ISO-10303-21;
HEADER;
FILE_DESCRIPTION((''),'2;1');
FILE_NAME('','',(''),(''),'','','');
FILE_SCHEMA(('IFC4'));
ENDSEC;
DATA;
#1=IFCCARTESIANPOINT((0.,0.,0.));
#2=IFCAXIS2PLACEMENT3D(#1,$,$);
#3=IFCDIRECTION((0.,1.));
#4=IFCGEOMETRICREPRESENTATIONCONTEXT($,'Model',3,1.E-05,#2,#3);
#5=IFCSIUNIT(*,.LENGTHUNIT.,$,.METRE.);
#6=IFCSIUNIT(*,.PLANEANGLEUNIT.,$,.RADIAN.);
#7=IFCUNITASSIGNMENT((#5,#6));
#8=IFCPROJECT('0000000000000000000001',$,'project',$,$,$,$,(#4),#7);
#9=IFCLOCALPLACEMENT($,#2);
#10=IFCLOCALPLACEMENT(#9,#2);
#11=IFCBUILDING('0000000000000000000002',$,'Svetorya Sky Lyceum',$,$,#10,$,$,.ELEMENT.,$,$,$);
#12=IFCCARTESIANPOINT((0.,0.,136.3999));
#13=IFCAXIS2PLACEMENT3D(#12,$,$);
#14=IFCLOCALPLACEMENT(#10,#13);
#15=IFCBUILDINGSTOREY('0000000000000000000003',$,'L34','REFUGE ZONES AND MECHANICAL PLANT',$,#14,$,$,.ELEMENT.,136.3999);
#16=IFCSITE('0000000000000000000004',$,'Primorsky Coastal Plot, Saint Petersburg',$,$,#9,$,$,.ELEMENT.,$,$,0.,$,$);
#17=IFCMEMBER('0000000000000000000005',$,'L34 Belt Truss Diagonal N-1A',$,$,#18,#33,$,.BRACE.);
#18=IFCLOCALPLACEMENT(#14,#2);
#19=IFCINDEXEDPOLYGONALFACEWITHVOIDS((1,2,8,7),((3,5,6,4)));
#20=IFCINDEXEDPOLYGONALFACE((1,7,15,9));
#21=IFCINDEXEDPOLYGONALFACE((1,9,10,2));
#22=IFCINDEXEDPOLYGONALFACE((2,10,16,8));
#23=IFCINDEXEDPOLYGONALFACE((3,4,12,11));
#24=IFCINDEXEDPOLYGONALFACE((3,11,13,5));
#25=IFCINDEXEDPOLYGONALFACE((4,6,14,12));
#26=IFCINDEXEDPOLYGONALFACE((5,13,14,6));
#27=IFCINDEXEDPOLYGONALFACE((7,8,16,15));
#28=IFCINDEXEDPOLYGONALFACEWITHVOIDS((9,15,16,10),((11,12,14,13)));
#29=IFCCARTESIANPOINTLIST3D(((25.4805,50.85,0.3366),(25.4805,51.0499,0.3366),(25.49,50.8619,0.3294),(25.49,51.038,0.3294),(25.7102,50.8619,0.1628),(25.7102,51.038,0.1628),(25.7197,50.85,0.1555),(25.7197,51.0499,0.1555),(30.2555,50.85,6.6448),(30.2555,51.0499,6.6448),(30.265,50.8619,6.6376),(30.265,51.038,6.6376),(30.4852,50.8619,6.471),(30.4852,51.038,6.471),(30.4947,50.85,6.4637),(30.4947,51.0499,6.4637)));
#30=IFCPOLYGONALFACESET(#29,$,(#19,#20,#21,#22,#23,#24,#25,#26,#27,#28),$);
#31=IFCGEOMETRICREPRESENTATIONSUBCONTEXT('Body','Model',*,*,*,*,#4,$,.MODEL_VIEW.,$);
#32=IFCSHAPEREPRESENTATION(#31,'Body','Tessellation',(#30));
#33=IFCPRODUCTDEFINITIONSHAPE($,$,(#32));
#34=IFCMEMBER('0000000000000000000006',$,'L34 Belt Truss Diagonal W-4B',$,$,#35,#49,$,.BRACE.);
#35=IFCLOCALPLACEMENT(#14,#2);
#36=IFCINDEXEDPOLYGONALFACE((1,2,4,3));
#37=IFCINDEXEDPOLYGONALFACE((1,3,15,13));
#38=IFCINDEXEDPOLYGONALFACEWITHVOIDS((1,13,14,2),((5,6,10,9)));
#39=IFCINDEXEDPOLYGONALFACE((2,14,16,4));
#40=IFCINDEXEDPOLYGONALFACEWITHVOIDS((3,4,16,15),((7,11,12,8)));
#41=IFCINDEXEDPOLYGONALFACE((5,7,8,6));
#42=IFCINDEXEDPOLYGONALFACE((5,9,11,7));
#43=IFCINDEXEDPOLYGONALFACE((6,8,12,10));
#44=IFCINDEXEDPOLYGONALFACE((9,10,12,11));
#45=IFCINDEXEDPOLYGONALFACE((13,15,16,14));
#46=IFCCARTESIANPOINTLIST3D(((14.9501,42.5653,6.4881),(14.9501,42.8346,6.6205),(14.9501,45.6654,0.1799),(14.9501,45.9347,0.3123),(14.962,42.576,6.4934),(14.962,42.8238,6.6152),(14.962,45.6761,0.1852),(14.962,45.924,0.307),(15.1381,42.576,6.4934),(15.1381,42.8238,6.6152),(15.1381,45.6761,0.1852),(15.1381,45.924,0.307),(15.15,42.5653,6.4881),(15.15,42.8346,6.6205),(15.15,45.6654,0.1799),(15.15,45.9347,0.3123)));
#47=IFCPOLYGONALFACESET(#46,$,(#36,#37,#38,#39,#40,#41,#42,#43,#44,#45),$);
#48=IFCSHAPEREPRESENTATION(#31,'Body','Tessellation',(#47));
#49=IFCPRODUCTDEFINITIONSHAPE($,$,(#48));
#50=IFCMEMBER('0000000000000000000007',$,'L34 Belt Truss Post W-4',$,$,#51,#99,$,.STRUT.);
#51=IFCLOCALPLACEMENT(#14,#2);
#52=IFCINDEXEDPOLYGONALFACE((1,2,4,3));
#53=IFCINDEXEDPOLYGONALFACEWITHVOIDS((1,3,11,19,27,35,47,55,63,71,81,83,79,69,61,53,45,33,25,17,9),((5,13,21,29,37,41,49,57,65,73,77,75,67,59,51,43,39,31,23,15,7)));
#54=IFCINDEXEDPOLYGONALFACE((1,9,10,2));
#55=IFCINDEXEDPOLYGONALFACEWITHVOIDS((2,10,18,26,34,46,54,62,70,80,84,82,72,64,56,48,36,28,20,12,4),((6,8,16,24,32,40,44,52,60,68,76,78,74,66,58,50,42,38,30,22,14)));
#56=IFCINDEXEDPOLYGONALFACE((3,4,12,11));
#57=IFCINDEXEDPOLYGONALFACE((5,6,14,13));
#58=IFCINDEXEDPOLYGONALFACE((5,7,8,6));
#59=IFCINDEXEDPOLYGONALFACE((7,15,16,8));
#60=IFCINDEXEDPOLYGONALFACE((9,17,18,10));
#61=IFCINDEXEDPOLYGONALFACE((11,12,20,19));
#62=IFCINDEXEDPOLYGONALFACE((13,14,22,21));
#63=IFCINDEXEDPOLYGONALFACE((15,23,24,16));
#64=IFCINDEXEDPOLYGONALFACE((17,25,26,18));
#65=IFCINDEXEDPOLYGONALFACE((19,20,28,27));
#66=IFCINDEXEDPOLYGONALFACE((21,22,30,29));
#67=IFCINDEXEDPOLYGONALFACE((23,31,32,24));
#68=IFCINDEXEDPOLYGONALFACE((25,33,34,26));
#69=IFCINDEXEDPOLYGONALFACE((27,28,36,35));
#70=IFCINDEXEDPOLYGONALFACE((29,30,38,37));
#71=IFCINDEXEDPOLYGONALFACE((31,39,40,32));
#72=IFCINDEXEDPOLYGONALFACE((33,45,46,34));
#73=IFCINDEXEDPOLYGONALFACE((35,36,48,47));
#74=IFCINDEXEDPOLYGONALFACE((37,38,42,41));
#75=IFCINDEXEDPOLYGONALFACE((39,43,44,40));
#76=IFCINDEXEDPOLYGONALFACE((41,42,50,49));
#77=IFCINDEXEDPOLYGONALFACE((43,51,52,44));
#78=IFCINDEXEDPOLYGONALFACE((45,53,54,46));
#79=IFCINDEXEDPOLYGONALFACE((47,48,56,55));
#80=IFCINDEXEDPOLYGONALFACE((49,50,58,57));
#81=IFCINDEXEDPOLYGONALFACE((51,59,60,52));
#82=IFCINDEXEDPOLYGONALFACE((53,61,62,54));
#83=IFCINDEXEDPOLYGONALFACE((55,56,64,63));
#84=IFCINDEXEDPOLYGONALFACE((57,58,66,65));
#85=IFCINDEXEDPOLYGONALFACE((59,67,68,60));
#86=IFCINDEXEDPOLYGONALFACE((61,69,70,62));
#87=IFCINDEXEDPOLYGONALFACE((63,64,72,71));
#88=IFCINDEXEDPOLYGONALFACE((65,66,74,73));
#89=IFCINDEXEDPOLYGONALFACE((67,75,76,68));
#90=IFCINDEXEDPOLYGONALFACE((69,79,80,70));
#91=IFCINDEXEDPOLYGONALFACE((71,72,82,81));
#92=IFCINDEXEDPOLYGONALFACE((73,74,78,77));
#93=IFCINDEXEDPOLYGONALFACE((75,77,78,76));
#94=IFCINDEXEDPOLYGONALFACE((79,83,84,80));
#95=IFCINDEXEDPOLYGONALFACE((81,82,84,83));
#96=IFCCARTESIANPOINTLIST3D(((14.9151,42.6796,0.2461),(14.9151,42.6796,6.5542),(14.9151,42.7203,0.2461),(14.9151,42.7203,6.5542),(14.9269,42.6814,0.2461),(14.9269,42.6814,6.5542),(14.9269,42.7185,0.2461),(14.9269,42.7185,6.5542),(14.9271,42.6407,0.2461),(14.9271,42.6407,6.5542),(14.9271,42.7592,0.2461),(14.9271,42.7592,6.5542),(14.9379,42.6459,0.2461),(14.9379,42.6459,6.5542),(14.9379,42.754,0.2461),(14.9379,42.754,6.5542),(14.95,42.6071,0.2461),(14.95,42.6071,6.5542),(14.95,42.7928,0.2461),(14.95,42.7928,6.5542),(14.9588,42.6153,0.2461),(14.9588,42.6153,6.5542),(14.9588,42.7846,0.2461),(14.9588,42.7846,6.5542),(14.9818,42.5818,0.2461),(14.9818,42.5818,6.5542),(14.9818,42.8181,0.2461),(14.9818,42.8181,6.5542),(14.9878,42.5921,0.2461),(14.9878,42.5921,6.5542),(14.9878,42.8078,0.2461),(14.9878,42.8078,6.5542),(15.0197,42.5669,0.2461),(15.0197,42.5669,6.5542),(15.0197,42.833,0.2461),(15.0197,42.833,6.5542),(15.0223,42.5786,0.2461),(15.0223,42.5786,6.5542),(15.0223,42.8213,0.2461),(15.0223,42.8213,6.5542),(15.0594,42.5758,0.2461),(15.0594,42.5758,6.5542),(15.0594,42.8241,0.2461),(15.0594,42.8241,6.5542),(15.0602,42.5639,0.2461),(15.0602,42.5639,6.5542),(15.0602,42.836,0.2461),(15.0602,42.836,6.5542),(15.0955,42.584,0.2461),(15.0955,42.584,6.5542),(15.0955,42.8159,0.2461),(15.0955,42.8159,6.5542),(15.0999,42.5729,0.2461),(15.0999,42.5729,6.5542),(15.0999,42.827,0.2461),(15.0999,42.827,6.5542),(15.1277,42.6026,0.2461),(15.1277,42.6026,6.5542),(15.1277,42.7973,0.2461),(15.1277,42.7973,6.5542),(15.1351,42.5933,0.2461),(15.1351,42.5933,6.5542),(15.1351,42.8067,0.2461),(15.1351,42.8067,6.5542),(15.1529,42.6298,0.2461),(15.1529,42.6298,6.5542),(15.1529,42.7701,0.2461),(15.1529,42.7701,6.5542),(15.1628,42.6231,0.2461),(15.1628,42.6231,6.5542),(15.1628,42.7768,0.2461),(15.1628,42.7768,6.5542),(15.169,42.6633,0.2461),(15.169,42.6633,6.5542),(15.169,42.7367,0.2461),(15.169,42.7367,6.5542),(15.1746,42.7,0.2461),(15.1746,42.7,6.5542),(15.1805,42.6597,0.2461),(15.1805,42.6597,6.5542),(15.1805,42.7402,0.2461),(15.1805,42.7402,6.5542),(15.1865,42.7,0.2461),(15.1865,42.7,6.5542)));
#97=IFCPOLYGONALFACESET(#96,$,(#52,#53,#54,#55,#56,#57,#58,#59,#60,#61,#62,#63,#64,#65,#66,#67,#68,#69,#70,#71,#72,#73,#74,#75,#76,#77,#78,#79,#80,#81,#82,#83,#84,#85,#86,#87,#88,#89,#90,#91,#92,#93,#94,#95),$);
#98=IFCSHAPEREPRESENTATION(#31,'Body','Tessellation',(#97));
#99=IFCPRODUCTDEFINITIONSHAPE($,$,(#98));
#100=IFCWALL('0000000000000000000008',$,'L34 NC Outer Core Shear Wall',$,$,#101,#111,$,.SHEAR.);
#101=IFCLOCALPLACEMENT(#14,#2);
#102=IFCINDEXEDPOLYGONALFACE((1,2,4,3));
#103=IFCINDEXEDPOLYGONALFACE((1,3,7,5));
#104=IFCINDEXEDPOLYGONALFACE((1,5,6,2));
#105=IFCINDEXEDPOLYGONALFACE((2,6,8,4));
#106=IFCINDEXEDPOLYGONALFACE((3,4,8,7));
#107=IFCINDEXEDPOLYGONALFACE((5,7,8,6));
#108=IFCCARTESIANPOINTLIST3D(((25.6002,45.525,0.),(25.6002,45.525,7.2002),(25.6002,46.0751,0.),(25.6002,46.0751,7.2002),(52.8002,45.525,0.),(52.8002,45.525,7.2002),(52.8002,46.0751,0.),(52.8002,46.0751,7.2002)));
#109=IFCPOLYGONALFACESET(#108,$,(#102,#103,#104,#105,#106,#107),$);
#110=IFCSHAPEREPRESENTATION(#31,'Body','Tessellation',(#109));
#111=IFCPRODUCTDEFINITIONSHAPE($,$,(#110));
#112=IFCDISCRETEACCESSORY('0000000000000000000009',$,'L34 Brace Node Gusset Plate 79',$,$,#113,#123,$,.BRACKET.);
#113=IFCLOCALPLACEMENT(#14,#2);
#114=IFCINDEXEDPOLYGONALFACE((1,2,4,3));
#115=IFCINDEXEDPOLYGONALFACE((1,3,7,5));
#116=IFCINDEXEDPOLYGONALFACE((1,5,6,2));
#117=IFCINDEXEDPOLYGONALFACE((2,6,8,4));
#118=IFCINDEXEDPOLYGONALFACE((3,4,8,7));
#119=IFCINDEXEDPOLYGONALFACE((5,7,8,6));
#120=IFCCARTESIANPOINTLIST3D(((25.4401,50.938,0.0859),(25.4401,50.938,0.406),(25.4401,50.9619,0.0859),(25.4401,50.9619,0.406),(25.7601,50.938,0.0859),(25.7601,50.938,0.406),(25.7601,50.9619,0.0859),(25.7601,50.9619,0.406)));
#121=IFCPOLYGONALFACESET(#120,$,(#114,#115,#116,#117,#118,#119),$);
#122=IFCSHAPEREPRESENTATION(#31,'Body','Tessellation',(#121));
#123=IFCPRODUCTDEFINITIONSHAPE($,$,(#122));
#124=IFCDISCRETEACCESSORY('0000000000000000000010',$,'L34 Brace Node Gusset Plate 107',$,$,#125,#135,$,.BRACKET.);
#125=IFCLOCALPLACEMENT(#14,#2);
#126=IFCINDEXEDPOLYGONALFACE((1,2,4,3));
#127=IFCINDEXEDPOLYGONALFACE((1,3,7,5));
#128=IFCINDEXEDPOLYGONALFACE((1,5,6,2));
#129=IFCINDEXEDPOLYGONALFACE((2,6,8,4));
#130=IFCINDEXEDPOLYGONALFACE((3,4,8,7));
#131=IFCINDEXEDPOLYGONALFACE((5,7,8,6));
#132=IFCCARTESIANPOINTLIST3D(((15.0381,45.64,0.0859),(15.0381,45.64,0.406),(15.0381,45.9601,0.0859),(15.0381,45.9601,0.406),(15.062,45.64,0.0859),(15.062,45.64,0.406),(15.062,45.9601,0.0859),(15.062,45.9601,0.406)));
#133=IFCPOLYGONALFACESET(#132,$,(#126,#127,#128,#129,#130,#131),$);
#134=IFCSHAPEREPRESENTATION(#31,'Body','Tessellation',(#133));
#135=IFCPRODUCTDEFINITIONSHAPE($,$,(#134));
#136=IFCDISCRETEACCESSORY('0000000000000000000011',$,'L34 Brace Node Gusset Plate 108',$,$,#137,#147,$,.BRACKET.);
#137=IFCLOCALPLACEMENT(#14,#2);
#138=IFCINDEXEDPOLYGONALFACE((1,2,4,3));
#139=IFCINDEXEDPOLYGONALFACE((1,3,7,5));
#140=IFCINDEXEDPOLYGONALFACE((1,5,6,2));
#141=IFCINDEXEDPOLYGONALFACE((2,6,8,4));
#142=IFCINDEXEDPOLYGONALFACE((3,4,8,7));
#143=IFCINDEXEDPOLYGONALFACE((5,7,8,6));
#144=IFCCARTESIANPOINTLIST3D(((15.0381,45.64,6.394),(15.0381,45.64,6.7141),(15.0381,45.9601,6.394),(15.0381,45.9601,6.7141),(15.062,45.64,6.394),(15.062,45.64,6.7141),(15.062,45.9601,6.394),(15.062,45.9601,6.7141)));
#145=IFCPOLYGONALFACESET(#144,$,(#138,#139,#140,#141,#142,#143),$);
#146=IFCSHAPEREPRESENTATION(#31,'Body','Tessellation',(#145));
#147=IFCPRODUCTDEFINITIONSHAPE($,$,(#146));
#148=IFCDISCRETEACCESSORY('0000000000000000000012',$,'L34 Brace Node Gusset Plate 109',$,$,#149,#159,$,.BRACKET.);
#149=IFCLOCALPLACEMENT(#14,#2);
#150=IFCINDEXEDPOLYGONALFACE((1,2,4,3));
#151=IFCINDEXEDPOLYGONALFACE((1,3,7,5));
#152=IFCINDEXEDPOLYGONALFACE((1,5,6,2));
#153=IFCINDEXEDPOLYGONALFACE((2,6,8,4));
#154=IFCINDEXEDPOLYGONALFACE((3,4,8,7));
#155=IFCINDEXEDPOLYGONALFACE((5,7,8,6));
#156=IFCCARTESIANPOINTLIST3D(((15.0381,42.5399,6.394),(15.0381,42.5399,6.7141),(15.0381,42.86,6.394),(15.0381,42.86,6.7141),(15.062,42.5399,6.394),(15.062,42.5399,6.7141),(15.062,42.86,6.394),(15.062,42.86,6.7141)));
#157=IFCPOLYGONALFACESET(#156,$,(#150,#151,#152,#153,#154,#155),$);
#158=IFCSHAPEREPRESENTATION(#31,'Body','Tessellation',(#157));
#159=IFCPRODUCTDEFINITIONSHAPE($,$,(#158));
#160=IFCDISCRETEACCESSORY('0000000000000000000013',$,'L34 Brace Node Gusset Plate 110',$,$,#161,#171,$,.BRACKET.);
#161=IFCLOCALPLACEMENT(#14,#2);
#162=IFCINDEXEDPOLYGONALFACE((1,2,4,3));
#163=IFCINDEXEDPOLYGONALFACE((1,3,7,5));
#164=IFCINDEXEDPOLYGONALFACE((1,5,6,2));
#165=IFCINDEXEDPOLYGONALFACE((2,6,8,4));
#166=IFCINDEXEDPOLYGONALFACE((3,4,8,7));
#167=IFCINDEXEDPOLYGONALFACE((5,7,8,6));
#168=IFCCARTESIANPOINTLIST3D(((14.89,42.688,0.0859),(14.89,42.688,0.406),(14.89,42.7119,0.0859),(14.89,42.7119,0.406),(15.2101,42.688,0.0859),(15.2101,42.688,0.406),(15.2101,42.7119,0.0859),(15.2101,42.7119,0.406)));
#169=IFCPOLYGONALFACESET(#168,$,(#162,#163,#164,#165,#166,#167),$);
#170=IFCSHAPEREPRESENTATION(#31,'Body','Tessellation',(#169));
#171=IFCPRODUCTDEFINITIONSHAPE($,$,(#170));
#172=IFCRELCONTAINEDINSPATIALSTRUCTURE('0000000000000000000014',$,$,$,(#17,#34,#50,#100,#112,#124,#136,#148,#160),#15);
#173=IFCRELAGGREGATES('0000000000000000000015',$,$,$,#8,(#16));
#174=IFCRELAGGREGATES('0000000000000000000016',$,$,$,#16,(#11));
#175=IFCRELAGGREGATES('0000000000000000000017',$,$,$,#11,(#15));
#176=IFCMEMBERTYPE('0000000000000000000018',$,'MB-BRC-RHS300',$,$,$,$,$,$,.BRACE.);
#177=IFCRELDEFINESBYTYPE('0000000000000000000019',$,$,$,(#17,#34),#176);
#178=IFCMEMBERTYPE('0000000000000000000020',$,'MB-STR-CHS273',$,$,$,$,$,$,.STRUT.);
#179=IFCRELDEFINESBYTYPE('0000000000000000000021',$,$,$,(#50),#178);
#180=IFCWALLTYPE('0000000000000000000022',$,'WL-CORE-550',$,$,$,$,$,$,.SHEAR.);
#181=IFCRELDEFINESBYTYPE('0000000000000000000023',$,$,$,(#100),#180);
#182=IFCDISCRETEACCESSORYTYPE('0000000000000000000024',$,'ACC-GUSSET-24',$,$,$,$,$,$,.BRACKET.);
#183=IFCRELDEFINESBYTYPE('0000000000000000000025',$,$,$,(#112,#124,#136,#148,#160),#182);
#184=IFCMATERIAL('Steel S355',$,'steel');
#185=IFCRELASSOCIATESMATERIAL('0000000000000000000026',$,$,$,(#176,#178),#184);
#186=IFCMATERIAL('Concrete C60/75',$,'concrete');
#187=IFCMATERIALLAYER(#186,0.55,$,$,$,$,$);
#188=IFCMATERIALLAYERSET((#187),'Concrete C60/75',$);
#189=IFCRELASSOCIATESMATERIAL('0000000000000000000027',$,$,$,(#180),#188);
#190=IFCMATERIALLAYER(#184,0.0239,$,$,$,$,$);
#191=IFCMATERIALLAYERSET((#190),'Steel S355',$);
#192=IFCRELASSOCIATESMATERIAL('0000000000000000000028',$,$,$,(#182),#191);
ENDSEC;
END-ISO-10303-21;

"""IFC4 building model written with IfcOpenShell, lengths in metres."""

from ifc_helpers import new_model, si_unit, direction, frame, frame_2d, origin, origin_2d, place, context, subcontext, project, spatial, rectangle, hollow_rectangle, hollow_circle, extrude, material, layer, layer_set, material_profile, profile_set, type_object, element, save


model = new_model("IFC4")

# Units and contexts
model_context = context("Model", 3, precision=1e-05, world=origin(), true_north=direction((0.0, 1.0)))
body_context = subcontext(model_context, "Body", "Model", "MODEL_VIEW")
ifc_project = project(units=[si_unit("LENGTHUNIT", "METRE"), si_unit("PLANEANGLEUNIT", "RADIAN")], contexts=[model_context])

# Site, building, storey
site_placement = place(None, origin())
site = spatial("IfcSite", under=ifc_project, at=site_placement, Name="Primorsky Coastal Plot, Saint Petersburg", CompositionType="ELEMENT", RefElevation=0.0)
building_placement = place(site_placement, origin())
building = spatial("IfcBuilding", under=site, at=building_placement, Name="Svetorya Sky Lyceum", CompositionType="ELEMENT")
storey_placement = place(building_placement, frame((0.0, 0.0, 136.3999)))
storey = spatial("IfcBuildingStorey", under=building, at=storey_placement, Name="L34", Description="REFUGE ZONES AND MECHANICAL PLANT", CompositionType="ELEMENT", Elevation=136.3999)

# Shared definitions
ifc_material_1 = material(Name="Steel S355", Category="steel")
ifc_material_2 = material(Name="Concrete C60/75", Category="concrete")

# Members
ifc_material_profile_1 = material_profile(ifc_material_1, hollow_rectangle(XDim=0.2, YDim=0.3, WallThickness=0.012, at=origin_2d()), Name="RHS 300x200x12")
ifc_profile_set_1 = profile_set([ifc_material_profile_1], Name="Steel S355")
member_type_1 = type_object("IfcMemberType", Name="MB-BRC-RHS300", PredefinedType="BRACE", material=ifc_profile_set_1)
member_1_placement = place(storey_placement, frame((25.6001, 50.95, 0.2461), z_axis=(0.603539, 0.0, 0.797333), x_axis=(0.0, 1.0, 0.0)))
element("IfcMember", 1, at=member_1_placement, inside=storey, type_object=member_type_1, Name="L34 Belt Truss Diagonal N-1A", PredefinedType="BRACE", context=body_context, shape_type="SweptSolid", body=[
    extrude(hollow_rectangle(XDim=0.2, YDim=0.3, WallThickness=0.012, at=origin_2d()), origin(), (0.0, 0.0, 1.0), 7.9116),
])
member_2_placement = place(storey_placement, frame((15.05, 45.8, 0.2461), z_axis=(0.0, -0.441062, 0.897477), x_axis=(1.0, 0.0, 0.0)))
element("IfcMember", 2, at=member_2_placement, inside=storey, type_object=member_type_1, Name="L34 Belt Truss Diagonal W-4B", PredefinedType="BRACE", context=body_context, shape_type="SweptSolid", body=[
    extrude(hollow_rectangle(XDim=0.2, YDim=0.3, WallThickness=0.012, at=origin_2d()), origin(), (0.0, 0.0, 1.0), 7.0288),
])
ifc_material_profile_2 = material_profile(ifc_material_1, hollow_circle(Radius=0.1365, WallThickness=0.012, at=origin_2d()), Name="CHS 273x12")
ifc_profile_set_2 = profile_set([ifc_material_profile_2], Name="Steel S355")
member_type_2 = type_object("IfcMemberType", Name="MB-STR-CHS273", PredefinedType="STRUT", material=ifc_profile_set_2)
member_3_placement = place(storey_placement, frame((15.05, 42.7, 0.2461), z_axis=(0.0, 0.0, 1.0), x_axis=(1.0, 0.0, 0.0)))
element("IfcMember", 3, at=member_3_placement, inside=storey, type_object=member_type_2, Name="L34 Belt Truss Post W-4", PredefinedType="STRUT", context=body_context, shape_type="SweptSolid", body=[
    extrude(hollow_circle(Radius=0.1365, WallThickness=0.012, at=origin_2d()), origin(), (0.0, 0.0, 1.0), 6.3081),
])

# Wall
ifc_layer_1 = layer(ifc_material_2, 0.55)
ifc_layer_set_1 = layer_set([ifc_layer_1], Name="Concrete C60/75")
wall_type = type_object("IfcWallType", Name="WL-CORE-550", PredefinedType="SHEAR", material=ifc_layer_set_1)
wall_placement = place(storey_placement, frame((25.6001, 45.8, 0.0), z_axis=(0.0, 0.0, 1.0), x_axis=(1.0, 0.0, 0.0)))
element("IfcWall", 4, at=wall_placement, inside=storey, type_object=wall_type, Name="L34 NC Outer Core Shear Wall", PredefinedType="SHEAR", context=body_context, shape_type="SweptSolid", body=[
    extrude(rectangle(XDim=27.2, YDim=0.55, at=frame_2d((13.6001, 0.0))), origin(), (0.0, 0.0, 1.0), 7.2002),
])

# Discrete accessories
ifc_layer_2 = layer(ifc_material_1, 0.0239)
ifc_layer_set_2 = layer_set([ifc_layer_2], Name="Steel S355")
discrete_accessory_type = type_object("IfcDiscreteAccessoryType", Name="ACC-GUSSET-24", PredefinedType="BRACKET", material=ifc_layer_set_2)
discrete_accessory_1_placement = place(storey_placement, frame((25.6001, 50.95, 0.0859), z_axis=(0.0, 0.0, 1.0), x_axis=(1.0, 0.0, 0.0)))
element("IfcDiscreteAccessory", 5, at=discrete_accessory_1_placement, inside=storey, type_object=discrete_accessory_type, Name="L34 Brace Node Gusset Plate 79", PredefinedType="BRACKET", context=body_context, shape_type="SweptSolid", body=[
    extrude(rectangle(XDim=0.3201, YDim=0.0239, at=origin_2d()), origin(), (0.0, 0.0, 1.0), 0.3201),
])
for number, where, z_axis, x_axis, name in (
    (6, (15.05, 45.8, 0.0859), (0.0, 0.0, 1.0), (1.0, 0.0, 0.0), "L34 Brace Node Gusset Plate 107"),
    (7, (15.05, 45.8, 6.394), (0.0, 0.0, 1.0), (1.0, 0.0, 0.0), "L34 Brace Node Gusset Plate 108"),
    (8, (15.05, 42.7, 6.394), (0.0, 0.0, 1.0), (1.0, 0.0, 0.0), "L34 Brace Node Gusset Plate 109"),
):
    element("IfcDiscreteAccessory", number, at=place(storey_placement, frame(where, z_axis=z_axis, x_axis=x_axis)), inside=storey, type_object=discrete_accessory_type, Name=name, PredefinedType="BRACKET", context=body_context, shape_type="SweptSolid", body=[
        extrude(rectangle(XDim=0.0239, YDim=0.3201, at=origin_2d()), origin(), (0.0, 0.0, 1.0), 0.3201),
    ])
discrete_accessory_2_placement = place(storey_placement, frame((15.05, 42.7, 0.0859), z_axis=(0.0, 0.0, 1.0), x_axis=(1.0, 0.0, 0.0)))
element("IfcDiscreteAccessory", 9, at=discrete_accessory_2_placement, inside=storey, type_object=discrete_accessory_type, Name="L34 Brace Node Gusset Plate 110", PredefinedType="BRACKET", context=body_context, shape_type="SweptSolid", body=[
    extrude(rectangle(XDim=0.3201, YDim=0.0239, at=origin_2d()), origin(), (0.0, 0.0, 1.0), 0.3201),
])

save(model, "model.ifc")
